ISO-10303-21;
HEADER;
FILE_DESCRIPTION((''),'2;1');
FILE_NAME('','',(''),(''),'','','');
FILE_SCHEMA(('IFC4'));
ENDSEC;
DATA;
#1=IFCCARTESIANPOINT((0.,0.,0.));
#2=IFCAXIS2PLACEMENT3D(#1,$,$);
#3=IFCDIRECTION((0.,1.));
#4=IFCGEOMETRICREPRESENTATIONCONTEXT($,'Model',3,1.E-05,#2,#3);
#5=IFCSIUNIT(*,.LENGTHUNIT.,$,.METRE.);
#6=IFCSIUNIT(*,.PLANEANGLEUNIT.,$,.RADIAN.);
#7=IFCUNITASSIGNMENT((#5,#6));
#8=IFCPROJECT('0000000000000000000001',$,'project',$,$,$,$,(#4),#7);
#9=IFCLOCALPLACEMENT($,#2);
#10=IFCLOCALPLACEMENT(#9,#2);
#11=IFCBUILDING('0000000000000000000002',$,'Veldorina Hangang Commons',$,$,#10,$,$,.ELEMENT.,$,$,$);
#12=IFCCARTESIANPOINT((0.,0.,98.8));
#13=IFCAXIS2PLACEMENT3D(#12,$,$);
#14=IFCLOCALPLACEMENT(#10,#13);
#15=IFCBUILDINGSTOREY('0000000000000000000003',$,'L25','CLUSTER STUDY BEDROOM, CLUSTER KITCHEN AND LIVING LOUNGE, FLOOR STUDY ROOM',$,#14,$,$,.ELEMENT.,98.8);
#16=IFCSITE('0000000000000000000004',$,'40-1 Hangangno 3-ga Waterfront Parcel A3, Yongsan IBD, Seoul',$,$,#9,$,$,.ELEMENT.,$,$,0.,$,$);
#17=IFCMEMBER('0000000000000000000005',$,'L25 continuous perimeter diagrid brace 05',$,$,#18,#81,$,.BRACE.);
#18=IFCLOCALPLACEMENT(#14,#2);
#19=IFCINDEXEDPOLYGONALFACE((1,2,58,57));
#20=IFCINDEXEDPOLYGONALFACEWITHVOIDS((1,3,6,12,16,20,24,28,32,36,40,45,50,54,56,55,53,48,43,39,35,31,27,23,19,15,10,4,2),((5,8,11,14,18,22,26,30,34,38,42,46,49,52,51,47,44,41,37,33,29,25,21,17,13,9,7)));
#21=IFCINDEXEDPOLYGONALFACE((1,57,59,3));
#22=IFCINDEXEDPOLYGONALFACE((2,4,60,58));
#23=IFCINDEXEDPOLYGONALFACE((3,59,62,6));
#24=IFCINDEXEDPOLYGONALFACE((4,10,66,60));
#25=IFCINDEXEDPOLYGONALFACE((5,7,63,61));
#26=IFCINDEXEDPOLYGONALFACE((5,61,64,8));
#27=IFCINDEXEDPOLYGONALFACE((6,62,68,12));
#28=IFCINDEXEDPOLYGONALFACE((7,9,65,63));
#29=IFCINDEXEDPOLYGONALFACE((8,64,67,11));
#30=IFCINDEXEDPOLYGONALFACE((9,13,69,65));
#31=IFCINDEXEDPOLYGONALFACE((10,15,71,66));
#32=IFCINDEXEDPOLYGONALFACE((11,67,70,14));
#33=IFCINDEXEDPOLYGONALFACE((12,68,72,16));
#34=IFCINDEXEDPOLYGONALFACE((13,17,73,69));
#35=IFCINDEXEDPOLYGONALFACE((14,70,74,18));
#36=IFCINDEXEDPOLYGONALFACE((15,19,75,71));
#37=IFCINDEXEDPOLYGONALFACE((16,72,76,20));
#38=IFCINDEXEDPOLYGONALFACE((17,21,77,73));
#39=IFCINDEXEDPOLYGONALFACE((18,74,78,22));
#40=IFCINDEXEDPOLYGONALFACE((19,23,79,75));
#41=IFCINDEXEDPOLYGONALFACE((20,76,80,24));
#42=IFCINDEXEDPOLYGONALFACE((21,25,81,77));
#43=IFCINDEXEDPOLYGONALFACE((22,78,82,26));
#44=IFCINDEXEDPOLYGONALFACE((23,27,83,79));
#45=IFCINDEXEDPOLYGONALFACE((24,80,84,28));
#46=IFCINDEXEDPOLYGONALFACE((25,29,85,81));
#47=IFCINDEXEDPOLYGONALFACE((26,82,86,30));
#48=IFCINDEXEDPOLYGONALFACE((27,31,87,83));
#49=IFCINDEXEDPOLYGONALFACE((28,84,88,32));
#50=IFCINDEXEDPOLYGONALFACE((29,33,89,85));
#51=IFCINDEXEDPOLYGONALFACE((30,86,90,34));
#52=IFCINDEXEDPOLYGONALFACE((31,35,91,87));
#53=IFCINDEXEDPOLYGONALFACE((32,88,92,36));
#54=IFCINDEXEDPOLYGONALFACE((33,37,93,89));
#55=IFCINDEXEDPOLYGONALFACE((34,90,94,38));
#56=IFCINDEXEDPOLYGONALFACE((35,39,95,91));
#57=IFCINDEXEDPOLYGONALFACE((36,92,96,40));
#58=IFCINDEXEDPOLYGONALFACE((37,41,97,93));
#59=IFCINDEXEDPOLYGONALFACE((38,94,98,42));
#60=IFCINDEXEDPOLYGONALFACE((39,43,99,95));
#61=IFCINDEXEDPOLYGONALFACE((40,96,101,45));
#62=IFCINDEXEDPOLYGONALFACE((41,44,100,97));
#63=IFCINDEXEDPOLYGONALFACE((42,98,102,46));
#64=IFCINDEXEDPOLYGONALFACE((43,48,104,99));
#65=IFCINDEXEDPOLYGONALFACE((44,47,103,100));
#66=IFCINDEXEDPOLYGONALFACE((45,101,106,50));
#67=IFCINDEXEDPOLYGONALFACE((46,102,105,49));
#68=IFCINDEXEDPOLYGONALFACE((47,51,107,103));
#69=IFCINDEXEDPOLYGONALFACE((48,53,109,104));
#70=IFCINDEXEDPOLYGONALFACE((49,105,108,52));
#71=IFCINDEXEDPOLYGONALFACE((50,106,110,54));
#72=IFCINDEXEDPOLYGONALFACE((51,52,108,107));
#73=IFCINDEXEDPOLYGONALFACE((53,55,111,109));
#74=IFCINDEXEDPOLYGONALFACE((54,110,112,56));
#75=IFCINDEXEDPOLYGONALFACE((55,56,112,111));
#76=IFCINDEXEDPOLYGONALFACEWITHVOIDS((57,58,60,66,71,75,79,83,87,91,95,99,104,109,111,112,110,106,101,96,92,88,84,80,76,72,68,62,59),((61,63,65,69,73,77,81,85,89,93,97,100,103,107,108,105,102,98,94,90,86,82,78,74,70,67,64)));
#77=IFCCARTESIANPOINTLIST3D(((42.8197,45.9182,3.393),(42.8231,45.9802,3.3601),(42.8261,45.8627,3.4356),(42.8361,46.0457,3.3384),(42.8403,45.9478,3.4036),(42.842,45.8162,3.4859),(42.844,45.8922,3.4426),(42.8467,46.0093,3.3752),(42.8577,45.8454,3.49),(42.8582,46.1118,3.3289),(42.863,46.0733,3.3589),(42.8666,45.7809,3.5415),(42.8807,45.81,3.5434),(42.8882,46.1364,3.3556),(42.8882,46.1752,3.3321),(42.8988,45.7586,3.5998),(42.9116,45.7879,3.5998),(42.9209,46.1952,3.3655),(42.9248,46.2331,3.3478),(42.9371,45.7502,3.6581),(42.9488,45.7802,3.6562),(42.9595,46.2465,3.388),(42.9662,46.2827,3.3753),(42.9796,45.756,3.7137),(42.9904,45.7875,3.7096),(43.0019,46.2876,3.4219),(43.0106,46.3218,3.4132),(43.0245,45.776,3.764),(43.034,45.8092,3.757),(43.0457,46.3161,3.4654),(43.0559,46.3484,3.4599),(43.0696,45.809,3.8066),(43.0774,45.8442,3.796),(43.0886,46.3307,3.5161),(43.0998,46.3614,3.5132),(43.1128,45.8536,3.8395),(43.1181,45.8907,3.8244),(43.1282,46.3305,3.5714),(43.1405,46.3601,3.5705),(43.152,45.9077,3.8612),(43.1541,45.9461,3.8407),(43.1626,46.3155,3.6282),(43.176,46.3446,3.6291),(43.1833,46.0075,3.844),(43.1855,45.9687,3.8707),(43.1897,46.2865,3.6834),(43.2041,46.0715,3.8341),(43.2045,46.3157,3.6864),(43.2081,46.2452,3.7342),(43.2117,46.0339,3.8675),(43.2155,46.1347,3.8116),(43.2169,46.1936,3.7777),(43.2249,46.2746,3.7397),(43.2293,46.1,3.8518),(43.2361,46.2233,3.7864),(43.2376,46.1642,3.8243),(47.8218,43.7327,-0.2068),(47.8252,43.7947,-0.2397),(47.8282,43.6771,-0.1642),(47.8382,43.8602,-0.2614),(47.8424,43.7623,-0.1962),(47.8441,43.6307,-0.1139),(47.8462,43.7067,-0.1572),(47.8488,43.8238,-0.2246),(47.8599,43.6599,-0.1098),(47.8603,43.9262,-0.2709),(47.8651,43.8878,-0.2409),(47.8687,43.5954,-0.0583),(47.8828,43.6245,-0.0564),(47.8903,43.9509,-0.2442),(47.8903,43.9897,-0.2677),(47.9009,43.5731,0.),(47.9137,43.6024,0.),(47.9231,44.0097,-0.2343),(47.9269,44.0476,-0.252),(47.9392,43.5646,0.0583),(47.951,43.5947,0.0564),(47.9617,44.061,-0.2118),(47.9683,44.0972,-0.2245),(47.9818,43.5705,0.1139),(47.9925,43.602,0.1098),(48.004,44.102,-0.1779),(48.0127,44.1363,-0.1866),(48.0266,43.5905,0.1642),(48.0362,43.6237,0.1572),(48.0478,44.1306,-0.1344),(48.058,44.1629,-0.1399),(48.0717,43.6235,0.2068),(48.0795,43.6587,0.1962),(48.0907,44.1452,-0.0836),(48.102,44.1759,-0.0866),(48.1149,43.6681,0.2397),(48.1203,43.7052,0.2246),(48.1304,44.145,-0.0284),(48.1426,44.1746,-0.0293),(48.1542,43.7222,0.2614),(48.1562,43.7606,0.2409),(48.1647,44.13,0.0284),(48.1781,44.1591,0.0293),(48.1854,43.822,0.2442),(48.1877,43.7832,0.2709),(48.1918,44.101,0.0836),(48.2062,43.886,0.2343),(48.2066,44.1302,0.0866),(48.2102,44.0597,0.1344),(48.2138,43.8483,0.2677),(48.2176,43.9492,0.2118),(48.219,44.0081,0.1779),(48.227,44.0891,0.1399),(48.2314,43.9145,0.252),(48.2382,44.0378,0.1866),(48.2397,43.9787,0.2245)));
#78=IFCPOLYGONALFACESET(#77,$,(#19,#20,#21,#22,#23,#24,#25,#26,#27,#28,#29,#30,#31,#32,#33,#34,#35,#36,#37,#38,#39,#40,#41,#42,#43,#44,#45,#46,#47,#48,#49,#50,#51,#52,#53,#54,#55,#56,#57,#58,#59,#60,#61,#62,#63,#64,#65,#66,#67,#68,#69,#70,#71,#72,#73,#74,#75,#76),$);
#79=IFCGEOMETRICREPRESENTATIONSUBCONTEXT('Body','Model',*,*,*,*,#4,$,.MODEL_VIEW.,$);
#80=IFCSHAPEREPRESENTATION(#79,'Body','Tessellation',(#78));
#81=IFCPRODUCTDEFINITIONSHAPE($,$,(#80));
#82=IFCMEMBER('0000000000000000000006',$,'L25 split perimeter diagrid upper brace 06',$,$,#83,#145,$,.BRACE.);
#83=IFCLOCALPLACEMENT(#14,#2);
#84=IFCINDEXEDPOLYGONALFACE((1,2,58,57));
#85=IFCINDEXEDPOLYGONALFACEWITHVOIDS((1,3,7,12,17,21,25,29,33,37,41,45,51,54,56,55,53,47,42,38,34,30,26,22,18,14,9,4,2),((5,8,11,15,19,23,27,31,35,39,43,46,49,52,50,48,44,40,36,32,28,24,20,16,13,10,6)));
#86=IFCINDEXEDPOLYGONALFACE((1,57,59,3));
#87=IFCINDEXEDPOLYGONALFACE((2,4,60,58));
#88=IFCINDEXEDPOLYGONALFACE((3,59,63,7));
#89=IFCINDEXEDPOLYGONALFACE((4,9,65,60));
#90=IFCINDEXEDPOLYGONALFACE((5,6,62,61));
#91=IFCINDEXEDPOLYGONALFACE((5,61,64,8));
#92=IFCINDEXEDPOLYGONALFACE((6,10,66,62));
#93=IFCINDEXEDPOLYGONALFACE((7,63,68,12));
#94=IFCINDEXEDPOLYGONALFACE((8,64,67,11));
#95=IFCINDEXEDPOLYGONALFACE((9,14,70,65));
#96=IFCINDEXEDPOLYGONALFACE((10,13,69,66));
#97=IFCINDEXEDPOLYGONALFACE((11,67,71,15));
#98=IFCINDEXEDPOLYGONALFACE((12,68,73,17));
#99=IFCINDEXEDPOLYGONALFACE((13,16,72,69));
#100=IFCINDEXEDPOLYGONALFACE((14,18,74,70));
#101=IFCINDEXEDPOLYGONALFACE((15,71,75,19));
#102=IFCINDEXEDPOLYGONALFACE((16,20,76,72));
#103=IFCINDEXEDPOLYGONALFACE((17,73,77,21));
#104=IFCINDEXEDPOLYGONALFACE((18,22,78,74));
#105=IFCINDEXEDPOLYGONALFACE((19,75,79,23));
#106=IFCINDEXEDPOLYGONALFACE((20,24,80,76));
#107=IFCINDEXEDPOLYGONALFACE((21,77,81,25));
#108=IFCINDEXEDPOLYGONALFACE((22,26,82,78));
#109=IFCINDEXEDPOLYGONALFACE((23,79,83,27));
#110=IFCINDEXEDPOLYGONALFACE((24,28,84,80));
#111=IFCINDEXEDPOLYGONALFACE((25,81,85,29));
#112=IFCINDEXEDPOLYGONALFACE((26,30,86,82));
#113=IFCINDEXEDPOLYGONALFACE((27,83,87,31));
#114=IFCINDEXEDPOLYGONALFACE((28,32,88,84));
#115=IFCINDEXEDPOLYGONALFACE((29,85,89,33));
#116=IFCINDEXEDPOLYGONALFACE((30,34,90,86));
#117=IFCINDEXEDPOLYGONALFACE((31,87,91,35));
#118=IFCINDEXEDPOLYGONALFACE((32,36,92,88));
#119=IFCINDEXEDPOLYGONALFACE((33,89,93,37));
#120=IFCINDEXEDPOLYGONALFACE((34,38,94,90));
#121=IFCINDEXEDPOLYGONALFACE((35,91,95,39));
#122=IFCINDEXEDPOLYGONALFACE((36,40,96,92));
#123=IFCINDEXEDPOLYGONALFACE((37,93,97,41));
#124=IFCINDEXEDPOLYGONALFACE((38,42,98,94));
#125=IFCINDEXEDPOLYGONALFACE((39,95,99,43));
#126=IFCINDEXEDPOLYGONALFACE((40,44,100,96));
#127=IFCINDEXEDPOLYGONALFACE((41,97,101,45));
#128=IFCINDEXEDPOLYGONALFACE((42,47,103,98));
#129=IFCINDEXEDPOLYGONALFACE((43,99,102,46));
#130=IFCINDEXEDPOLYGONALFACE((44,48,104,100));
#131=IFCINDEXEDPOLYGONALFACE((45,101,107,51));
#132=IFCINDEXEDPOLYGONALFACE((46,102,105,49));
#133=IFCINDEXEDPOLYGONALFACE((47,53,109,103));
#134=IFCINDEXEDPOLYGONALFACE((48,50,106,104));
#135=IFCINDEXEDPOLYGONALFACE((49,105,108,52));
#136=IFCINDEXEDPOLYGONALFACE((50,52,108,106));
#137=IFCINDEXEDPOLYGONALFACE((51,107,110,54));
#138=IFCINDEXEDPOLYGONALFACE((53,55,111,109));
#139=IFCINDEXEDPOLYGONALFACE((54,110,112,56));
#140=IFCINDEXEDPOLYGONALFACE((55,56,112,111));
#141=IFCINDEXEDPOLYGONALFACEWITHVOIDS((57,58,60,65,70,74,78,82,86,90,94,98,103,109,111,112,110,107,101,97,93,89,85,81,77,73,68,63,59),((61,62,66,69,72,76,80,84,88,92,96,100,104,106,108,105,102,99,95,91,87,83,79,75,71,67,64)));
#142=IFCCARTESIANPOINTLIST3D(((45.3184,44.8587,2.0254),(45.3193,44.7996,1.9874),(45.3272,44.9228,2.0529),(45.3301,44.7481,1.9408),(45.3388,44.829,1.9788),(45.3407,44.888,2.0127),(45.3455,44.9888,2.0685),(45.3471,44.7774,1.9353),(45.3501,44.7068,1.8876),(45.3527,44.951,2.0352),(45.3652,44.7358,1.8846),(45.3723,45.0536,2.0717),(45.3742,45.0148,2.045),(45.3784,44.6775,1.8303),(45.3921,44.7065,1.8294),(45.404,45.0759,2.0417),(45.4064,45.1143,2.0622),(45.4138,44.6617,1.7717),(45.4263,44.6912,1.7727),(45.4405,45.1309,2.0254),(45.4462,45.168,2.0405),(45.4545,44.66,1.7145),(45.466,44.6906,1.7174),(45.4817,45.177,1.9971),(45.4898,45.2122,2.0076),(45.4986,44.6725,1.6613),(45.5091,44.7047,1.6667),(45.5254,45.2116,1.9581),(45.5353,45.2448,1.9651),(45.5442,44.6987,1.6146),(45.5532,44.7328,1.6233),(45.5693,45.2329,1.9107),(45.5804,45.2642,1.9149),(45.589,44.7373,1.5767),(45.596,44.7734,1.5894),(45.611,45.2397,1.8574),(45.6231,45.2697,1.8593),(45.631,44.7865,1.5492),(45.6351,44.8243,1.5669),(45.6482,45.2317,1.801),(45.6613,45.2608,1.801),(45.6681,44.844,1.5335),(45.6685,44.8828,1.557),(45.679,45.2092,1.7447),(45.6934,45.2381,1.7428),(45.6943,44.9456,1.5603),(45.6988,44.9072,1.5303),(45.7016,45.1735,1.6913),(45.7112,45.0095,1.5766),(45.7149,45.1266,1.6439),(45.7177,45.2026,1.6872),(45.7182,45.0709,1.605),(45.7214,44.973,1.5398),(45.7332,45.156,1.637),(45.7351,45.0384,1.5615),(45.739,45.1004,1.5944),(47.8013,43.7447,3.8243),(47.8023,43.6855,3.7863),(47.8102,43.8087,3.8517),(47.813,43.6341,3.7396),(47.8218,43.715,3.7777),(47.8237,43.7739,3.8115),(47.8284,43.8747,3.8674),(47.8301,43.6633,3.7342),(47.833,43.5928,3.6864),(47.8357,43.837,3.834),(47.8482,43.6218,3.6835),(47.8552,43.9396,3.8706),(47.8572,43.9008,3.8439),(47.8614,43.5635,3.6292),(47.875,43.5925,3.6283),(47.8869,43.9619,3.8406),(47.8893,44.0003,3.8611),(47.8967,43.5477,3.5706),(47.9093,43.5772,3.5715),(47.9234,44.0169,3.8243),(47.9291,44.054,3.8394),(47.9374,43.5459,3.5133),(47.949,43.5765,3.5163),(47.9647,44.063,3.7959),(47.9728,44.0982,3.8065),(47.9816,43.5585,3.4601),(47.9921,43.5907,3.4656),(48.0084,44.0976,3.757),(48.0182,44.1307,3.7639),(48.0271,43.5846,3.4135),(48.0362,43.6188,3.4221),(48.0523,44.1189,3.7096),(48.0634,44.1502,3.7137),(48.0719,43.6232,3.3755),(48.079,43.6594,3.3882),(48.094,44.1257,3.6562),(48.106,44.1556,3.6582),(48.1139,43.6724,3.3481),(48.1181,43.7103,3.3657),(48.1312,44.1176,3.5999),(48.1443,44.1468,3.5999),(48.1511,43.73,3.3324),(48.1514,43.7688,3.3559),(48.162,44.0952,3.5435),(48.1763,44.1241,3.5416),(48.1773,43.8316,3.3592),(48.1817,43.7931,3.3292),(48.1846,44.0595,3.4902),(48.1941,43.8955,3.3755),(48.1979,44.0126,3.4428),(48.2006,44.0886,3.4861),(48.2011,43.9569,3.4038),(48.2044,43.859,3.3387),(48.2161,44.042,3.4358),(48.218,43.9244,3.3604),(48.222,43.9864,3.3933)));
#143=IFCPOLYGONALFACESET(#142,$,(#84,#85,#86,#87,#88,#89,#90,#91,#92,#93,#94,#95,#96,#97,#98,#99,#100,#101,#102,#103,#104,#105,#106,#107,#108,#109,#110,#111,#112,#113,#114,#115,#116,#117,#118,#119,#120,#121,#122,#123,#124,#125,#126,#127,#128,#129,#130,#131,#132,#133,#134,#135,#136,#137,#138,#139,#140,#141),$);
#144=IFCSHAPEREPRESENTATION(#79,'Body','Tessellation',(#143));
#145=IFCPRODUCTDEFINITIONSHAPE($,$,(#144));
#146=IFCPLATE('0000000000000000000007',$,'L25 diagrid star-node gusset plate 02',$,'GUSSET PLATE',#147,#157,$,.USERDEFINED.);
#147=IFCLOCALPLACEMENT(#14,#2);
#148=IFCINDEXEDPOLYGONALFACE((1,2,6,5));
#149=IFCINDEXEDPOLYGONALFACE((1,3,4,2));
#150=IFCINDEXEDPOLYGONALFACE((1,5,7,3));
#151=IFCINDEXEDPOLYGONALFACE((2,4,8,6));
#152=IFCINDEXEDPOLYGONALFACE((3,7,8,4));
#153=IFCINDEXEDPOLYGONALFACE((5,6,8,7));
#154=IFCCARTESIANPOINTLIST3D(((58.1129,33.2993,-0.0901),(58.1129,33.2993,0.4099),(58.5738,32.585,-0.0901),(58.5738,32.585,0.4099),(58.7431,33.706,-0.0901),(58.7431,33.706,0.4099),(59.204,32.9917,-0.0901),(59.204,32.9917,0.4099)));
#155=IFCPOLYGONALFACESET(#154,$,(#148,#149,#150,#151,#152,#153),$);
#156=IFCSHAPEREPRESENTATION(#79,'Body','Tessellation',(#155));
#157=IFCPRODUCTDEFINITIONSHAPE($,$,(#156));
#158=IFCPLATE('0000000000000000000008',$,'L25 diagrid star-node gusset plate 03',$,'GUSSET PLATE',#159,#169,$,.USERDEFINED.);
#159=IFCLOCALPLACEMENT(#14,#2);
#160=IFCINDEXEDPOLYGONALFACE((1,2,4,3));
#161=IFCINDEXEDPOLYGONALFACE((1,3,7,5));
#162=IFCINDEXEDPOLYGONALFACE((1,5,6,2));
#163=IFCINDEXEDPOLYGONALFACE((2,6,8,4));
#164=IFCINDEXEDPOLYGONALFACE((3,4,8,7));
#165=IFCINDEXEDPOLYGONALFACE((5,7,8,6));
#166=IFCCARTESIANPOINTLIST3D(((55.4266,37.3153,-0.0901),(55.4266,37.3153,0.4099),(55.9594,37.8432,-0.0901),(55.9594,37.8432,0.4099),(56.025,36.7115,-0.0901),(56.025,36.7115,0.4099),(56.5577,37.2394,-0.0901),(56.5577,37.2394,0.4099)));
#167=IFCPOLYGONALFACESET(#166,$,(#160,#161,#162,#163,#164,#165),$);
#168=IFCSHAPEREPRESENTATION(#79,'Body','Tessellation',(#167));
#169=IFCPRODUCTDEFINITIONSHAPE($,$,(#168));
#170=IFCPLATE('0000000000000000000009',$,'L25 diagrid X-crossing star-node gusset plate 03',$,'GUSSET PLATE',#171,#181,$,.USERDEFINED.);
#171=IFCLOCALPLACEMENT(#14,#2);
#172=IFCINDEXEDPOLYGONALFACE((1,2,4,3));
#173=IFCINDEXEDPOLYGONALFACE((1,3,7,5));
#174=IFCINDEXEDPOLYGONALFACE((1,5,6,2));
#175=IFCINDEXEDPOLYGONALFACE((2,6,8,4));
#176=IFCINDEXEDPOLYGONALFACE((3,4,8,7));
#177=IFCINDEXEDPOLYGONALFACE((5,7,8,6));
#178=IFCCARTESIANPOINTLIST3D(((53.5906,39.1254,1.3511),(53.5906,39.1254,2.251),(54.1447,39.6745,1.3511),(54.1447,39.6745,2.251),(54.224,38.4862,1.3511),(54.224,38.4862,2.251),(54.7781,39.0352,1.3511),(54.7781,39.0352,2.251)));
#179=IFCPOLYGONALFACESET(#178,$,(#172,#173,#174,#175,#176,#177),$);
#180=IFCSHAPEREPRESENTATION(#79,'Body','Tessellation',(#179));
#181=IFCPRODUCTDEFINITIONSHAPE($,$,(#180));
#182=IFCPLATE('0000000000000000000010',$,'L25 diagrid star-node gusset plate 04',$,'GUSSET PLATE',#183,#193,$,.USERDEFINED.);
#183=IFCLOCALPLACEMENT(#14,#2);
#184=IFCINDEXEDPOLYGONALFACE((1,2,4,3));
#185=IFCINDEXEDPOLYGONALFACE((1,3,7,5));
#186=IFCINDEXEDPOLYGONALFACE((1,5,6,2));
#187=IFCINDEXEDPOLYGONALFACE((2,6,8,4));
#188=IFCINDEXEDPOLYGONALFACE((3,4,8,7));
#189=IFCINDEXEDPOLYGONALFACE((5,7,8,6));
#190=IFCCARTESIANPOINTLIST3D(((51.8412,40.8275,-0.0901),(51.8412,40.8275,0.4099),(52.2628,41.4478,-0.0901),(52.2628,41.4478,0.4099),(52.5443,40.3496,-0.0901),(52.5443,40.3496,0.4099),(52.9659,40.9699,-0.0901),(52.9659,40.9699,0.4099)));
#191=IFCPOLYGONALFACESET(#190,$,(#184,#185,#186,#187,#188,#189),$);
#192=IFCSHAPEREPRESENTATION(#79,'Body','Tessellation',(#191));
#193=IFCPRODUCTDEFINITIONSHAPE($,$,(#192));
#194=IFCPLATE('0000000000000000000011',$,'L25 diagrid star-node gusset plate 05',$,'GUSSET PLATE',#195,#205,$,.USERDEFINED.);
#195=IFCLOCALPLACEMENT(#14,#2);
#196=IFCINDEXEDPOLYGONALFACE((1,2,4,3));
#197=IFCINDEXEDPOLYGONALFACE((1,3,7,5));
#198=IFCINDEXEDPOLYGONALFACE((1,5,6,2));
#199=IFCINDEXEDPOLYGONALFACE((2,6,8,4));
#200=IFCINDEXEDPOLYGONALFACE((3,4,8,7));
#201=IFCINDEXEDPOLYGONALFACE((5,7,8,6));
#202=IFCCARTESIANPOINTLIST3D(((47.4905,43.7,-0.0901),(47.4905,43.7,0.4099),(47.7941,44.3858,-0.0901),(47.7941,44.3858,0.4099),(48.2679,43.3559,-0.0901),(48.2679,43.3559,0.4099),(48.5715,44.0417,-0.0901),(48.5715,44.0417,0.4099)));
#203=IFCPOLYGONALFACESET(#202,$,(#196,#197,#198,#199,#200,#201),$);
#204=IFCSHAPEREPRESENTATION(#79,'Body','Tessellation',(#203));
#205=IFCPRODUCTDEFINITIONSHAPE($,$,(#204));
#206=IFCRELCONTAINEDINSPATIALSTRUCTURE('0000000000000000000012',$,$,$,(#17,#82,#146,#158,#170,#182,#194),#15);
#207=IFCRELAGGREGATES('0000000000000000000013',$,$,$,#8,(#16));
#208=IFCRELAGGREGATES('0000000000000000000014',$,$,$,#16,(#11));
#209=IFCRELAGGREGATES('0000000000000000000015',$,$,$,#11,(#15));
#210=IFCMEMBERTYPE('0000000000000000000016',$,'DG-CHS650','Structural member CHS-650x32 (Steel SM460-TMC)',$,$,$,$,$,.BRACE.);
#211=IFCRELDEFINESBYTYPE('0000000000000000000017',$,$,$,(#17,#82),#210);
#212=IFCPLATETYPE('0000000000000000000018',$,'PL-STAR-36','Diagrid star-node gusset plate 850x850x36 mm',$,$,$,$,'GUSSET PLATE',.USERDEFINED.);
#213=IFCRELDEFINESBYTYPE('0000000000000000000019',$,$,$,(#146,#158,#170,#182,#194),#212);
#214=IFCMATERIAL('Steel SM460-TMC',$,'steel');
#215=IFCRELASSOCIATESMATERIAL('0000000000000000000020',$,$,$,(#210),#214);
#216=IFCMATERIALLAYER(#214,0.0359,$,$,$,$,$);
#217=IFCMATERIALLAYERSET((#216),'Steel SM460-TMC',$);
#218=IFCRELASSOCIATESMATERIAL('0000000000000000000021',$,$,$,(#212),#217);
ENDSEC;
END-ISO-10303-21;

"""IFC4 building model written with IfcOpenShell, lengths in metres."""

from ifc_helpers import new_model, si_unit, direction, frame, origin, origin_2d, place, context, subcontext, project, spatial, rectangle, hollow_circle, extrude, material, layer, layer_set, material_profile, profile_set, type_object, element, save


model = new_model("IFC4")

# Units and contexts
model_context = context("Model", 3, precision=1e-05, world=origin(), true_north=direction((0.0, 1.0)))
body_context = subcontext(model_context, "Body", "Model", "MODEL_VIEW")
ifc_project = project(units=[si_unit("LENGTHUNIT", "METRE"), si_unit("PLANEANGLEUNIT", "RADIAN")], contexts=[model_context])

# Site, building, storey
site_placement = place(None, origin())
site = spatial("IfcSite", under=ifc_project, at=site_placement, Name="40-1 Hangangno 3-ga Waterfront Parcel A3, Yongsan IBD, Seoul", CompositionType="ELEMENT", RefElevation=0.0)
building_placement = place(site_placement, origin())
building = spatial("IfcBuilding", under=site, at=building_placement, Name="Veldorina Hangang Commons", CompositionType="ELEMENT")
storey_placement = place(building_placement, frame((0.0, 0.0, 98.8)))
storey = spatial("IfcBuildingStorey", under=building, at=storey_placement, Name="L25", Description="CLUSTER STUDY BEDROOM, CLUSTER KITCHEN AND LIVING LOUNGE, FLOOR STUDY ROOM", CompositionType="ELEMENT", Elevation=98.8)

# Members
ifc_material_1 = material(Name="Steel SM460-TMC", Category="steel")
ifc_material_profile_1 = material_profile(ifc_material_1, hollow_circle(Radius=0.325, WallThickness=0.032, at=origin_2d()), Name="CHS-650x32")
ifc_profile_set_1 = profile_set([ifc_material_profile_1], Name="Steel SM460-TMC")
member_type = type_object("IfcMemberType", Name="DG-CHS650", Description="Structural member CHS-650x32 (Steel SM460-TMC)", PredefinedType="BRACE", material=ifc_profile_set_1)
member_1_placement = place(storey_placement, frame((48.031, 43.8708, 0.0), z_axis=(-0.764988, 0.334236, 0.550527), x_axis=(-0.400371, -0.916353, 0.0)))
element("IfcMember", 1, at=member_1_placement, inside=storey, type_object=member_type, Name="L25 continuous perimeter diagrid brace 05", PredefinedType="BRACE", context=body_context, shape_type="SweptSolid", body=[
    extrude(hollow_circle(Radius=0.325, WallThickness=0.032, at=origin_2d()), origin(), (0.0, 0.0, 1.0), 6.5388),
])
member_2_placement = place(storey_placement, frame((45.5283, 44.9644, 1.801), z_axis=(0.761126, -0.341496, 0.551423), x_axis=(0.409357, 0.912374, 0.0)))
element("IfcMember", 2, at=member_2_placement, inside=storey, type_object=member_type, Name="L25 split perimeter diagrid upper brace 06", PredefinedType="BRACE", context=body_context, shape_type="SweptSolid", body=[
    extrude(hollow_circle(Radius=0.325, WallThickness=0.032, at=origin_2d()), origin(), (0.0, 0.0, 1.0), 3.2622),
])

# Plates
ifc_layer_1 = layer(ifc_material_1, 0.0359)
ifc_layer_set_1 = layer_set([ifc_layer_1], Name="Steel SM460-TMC")
plate_type = type_object("IfcPlateType", Name="PL-STAR-36", Description="Diagrid star-node gusset plate 850x850x36 mm", ElementType="GUSSET PLATE", PredefinedType="USERDEFINED", material=ifc_layer_set_1)
for number, where, z_axis, x_axis, name in (
    (3, (58.6584, 33.1455, -0.0901), (0.0, 0.0, 1.0), (-0.542236, 0.840226, 0.0), "L25 diagrid star-node gusset plate 02"),
    (4, (55.9922, 37.2773, -0.0901), (0.0, 0.0, 1.0), (-0.703866, 0.710333, 0.0), "L25 diagrid star-node gusset plate 03"),
):
    element("IfcPlate", number, at=place(storey_placement, frame(where, z_axis=z_axis, x_axis=x_axis)), inside=storey, type_object=plate_type, Name=name, ObjectType="GUSSET PLATE", PredefinedType="USERDEFINED", context=body_context, shape_type="SweptSolid", body=[
        extrude(rectangle(XDim=0.8501, YDim=0.75, at=origin_2d()), origin(), (0.0, 0.0, 1.0), 0.5),
    ])
plate_1_placement = place(storey_placement, frame((54.1843, 39.0803, 1.3511), z_axis=(0.0, 0.0, 1.0), x_axis=(-0.703866, 0.710333, 0.0)))
element("IfcPlate", 5, at=plate_1_placement, inside=storey, type_object=plate_type, Name="L25 diagrid X-crossing star-node gusset plate 03", ObjectType="GUSSET PLATE", PredefinedType="USERDEFINED", context=body_context, shape_type="SweptSolid", body=[
    extrude(rectangle(XDim=0.8999, YDim=0.78, at=origin_2d()), origin(), (0.0, 0.0, 1.0), 0.8999),
])
for number, where, z_axis, x_axis, name in (
    (6, (52.4036, 40.8987, -0.0901), (0.0, 0.0, 1.0), (-0.827041, 0.562141, 0.0), "L25 diagrid star-node gusset plate 04"),
    (7, (48.031, 43.8708, -0.0901), (0.0, 0.0, 1.0), (-0.914409, 0.404791, 0.0), "L25 diagrid star-node gusset plate 05"),
):
    element("IfcPlate", number, at=place(storey_placement, frame(where, z_axis=z_axis, x_axis=x_axis)), inside=storey, type_object=plate_type, Name=name, ObjectType="GUSSET PLATE", PredefinedType="USERDEFINED", context=body_context, shape_type="SweptSolid", body=[
        extrude(rectangle(XDim=0.8501, YDim=0.75, at=origin_2d()), origin(), (0.0, 0.0, 1.0), 0.5),
    ])

save(model, "model.ifc")
